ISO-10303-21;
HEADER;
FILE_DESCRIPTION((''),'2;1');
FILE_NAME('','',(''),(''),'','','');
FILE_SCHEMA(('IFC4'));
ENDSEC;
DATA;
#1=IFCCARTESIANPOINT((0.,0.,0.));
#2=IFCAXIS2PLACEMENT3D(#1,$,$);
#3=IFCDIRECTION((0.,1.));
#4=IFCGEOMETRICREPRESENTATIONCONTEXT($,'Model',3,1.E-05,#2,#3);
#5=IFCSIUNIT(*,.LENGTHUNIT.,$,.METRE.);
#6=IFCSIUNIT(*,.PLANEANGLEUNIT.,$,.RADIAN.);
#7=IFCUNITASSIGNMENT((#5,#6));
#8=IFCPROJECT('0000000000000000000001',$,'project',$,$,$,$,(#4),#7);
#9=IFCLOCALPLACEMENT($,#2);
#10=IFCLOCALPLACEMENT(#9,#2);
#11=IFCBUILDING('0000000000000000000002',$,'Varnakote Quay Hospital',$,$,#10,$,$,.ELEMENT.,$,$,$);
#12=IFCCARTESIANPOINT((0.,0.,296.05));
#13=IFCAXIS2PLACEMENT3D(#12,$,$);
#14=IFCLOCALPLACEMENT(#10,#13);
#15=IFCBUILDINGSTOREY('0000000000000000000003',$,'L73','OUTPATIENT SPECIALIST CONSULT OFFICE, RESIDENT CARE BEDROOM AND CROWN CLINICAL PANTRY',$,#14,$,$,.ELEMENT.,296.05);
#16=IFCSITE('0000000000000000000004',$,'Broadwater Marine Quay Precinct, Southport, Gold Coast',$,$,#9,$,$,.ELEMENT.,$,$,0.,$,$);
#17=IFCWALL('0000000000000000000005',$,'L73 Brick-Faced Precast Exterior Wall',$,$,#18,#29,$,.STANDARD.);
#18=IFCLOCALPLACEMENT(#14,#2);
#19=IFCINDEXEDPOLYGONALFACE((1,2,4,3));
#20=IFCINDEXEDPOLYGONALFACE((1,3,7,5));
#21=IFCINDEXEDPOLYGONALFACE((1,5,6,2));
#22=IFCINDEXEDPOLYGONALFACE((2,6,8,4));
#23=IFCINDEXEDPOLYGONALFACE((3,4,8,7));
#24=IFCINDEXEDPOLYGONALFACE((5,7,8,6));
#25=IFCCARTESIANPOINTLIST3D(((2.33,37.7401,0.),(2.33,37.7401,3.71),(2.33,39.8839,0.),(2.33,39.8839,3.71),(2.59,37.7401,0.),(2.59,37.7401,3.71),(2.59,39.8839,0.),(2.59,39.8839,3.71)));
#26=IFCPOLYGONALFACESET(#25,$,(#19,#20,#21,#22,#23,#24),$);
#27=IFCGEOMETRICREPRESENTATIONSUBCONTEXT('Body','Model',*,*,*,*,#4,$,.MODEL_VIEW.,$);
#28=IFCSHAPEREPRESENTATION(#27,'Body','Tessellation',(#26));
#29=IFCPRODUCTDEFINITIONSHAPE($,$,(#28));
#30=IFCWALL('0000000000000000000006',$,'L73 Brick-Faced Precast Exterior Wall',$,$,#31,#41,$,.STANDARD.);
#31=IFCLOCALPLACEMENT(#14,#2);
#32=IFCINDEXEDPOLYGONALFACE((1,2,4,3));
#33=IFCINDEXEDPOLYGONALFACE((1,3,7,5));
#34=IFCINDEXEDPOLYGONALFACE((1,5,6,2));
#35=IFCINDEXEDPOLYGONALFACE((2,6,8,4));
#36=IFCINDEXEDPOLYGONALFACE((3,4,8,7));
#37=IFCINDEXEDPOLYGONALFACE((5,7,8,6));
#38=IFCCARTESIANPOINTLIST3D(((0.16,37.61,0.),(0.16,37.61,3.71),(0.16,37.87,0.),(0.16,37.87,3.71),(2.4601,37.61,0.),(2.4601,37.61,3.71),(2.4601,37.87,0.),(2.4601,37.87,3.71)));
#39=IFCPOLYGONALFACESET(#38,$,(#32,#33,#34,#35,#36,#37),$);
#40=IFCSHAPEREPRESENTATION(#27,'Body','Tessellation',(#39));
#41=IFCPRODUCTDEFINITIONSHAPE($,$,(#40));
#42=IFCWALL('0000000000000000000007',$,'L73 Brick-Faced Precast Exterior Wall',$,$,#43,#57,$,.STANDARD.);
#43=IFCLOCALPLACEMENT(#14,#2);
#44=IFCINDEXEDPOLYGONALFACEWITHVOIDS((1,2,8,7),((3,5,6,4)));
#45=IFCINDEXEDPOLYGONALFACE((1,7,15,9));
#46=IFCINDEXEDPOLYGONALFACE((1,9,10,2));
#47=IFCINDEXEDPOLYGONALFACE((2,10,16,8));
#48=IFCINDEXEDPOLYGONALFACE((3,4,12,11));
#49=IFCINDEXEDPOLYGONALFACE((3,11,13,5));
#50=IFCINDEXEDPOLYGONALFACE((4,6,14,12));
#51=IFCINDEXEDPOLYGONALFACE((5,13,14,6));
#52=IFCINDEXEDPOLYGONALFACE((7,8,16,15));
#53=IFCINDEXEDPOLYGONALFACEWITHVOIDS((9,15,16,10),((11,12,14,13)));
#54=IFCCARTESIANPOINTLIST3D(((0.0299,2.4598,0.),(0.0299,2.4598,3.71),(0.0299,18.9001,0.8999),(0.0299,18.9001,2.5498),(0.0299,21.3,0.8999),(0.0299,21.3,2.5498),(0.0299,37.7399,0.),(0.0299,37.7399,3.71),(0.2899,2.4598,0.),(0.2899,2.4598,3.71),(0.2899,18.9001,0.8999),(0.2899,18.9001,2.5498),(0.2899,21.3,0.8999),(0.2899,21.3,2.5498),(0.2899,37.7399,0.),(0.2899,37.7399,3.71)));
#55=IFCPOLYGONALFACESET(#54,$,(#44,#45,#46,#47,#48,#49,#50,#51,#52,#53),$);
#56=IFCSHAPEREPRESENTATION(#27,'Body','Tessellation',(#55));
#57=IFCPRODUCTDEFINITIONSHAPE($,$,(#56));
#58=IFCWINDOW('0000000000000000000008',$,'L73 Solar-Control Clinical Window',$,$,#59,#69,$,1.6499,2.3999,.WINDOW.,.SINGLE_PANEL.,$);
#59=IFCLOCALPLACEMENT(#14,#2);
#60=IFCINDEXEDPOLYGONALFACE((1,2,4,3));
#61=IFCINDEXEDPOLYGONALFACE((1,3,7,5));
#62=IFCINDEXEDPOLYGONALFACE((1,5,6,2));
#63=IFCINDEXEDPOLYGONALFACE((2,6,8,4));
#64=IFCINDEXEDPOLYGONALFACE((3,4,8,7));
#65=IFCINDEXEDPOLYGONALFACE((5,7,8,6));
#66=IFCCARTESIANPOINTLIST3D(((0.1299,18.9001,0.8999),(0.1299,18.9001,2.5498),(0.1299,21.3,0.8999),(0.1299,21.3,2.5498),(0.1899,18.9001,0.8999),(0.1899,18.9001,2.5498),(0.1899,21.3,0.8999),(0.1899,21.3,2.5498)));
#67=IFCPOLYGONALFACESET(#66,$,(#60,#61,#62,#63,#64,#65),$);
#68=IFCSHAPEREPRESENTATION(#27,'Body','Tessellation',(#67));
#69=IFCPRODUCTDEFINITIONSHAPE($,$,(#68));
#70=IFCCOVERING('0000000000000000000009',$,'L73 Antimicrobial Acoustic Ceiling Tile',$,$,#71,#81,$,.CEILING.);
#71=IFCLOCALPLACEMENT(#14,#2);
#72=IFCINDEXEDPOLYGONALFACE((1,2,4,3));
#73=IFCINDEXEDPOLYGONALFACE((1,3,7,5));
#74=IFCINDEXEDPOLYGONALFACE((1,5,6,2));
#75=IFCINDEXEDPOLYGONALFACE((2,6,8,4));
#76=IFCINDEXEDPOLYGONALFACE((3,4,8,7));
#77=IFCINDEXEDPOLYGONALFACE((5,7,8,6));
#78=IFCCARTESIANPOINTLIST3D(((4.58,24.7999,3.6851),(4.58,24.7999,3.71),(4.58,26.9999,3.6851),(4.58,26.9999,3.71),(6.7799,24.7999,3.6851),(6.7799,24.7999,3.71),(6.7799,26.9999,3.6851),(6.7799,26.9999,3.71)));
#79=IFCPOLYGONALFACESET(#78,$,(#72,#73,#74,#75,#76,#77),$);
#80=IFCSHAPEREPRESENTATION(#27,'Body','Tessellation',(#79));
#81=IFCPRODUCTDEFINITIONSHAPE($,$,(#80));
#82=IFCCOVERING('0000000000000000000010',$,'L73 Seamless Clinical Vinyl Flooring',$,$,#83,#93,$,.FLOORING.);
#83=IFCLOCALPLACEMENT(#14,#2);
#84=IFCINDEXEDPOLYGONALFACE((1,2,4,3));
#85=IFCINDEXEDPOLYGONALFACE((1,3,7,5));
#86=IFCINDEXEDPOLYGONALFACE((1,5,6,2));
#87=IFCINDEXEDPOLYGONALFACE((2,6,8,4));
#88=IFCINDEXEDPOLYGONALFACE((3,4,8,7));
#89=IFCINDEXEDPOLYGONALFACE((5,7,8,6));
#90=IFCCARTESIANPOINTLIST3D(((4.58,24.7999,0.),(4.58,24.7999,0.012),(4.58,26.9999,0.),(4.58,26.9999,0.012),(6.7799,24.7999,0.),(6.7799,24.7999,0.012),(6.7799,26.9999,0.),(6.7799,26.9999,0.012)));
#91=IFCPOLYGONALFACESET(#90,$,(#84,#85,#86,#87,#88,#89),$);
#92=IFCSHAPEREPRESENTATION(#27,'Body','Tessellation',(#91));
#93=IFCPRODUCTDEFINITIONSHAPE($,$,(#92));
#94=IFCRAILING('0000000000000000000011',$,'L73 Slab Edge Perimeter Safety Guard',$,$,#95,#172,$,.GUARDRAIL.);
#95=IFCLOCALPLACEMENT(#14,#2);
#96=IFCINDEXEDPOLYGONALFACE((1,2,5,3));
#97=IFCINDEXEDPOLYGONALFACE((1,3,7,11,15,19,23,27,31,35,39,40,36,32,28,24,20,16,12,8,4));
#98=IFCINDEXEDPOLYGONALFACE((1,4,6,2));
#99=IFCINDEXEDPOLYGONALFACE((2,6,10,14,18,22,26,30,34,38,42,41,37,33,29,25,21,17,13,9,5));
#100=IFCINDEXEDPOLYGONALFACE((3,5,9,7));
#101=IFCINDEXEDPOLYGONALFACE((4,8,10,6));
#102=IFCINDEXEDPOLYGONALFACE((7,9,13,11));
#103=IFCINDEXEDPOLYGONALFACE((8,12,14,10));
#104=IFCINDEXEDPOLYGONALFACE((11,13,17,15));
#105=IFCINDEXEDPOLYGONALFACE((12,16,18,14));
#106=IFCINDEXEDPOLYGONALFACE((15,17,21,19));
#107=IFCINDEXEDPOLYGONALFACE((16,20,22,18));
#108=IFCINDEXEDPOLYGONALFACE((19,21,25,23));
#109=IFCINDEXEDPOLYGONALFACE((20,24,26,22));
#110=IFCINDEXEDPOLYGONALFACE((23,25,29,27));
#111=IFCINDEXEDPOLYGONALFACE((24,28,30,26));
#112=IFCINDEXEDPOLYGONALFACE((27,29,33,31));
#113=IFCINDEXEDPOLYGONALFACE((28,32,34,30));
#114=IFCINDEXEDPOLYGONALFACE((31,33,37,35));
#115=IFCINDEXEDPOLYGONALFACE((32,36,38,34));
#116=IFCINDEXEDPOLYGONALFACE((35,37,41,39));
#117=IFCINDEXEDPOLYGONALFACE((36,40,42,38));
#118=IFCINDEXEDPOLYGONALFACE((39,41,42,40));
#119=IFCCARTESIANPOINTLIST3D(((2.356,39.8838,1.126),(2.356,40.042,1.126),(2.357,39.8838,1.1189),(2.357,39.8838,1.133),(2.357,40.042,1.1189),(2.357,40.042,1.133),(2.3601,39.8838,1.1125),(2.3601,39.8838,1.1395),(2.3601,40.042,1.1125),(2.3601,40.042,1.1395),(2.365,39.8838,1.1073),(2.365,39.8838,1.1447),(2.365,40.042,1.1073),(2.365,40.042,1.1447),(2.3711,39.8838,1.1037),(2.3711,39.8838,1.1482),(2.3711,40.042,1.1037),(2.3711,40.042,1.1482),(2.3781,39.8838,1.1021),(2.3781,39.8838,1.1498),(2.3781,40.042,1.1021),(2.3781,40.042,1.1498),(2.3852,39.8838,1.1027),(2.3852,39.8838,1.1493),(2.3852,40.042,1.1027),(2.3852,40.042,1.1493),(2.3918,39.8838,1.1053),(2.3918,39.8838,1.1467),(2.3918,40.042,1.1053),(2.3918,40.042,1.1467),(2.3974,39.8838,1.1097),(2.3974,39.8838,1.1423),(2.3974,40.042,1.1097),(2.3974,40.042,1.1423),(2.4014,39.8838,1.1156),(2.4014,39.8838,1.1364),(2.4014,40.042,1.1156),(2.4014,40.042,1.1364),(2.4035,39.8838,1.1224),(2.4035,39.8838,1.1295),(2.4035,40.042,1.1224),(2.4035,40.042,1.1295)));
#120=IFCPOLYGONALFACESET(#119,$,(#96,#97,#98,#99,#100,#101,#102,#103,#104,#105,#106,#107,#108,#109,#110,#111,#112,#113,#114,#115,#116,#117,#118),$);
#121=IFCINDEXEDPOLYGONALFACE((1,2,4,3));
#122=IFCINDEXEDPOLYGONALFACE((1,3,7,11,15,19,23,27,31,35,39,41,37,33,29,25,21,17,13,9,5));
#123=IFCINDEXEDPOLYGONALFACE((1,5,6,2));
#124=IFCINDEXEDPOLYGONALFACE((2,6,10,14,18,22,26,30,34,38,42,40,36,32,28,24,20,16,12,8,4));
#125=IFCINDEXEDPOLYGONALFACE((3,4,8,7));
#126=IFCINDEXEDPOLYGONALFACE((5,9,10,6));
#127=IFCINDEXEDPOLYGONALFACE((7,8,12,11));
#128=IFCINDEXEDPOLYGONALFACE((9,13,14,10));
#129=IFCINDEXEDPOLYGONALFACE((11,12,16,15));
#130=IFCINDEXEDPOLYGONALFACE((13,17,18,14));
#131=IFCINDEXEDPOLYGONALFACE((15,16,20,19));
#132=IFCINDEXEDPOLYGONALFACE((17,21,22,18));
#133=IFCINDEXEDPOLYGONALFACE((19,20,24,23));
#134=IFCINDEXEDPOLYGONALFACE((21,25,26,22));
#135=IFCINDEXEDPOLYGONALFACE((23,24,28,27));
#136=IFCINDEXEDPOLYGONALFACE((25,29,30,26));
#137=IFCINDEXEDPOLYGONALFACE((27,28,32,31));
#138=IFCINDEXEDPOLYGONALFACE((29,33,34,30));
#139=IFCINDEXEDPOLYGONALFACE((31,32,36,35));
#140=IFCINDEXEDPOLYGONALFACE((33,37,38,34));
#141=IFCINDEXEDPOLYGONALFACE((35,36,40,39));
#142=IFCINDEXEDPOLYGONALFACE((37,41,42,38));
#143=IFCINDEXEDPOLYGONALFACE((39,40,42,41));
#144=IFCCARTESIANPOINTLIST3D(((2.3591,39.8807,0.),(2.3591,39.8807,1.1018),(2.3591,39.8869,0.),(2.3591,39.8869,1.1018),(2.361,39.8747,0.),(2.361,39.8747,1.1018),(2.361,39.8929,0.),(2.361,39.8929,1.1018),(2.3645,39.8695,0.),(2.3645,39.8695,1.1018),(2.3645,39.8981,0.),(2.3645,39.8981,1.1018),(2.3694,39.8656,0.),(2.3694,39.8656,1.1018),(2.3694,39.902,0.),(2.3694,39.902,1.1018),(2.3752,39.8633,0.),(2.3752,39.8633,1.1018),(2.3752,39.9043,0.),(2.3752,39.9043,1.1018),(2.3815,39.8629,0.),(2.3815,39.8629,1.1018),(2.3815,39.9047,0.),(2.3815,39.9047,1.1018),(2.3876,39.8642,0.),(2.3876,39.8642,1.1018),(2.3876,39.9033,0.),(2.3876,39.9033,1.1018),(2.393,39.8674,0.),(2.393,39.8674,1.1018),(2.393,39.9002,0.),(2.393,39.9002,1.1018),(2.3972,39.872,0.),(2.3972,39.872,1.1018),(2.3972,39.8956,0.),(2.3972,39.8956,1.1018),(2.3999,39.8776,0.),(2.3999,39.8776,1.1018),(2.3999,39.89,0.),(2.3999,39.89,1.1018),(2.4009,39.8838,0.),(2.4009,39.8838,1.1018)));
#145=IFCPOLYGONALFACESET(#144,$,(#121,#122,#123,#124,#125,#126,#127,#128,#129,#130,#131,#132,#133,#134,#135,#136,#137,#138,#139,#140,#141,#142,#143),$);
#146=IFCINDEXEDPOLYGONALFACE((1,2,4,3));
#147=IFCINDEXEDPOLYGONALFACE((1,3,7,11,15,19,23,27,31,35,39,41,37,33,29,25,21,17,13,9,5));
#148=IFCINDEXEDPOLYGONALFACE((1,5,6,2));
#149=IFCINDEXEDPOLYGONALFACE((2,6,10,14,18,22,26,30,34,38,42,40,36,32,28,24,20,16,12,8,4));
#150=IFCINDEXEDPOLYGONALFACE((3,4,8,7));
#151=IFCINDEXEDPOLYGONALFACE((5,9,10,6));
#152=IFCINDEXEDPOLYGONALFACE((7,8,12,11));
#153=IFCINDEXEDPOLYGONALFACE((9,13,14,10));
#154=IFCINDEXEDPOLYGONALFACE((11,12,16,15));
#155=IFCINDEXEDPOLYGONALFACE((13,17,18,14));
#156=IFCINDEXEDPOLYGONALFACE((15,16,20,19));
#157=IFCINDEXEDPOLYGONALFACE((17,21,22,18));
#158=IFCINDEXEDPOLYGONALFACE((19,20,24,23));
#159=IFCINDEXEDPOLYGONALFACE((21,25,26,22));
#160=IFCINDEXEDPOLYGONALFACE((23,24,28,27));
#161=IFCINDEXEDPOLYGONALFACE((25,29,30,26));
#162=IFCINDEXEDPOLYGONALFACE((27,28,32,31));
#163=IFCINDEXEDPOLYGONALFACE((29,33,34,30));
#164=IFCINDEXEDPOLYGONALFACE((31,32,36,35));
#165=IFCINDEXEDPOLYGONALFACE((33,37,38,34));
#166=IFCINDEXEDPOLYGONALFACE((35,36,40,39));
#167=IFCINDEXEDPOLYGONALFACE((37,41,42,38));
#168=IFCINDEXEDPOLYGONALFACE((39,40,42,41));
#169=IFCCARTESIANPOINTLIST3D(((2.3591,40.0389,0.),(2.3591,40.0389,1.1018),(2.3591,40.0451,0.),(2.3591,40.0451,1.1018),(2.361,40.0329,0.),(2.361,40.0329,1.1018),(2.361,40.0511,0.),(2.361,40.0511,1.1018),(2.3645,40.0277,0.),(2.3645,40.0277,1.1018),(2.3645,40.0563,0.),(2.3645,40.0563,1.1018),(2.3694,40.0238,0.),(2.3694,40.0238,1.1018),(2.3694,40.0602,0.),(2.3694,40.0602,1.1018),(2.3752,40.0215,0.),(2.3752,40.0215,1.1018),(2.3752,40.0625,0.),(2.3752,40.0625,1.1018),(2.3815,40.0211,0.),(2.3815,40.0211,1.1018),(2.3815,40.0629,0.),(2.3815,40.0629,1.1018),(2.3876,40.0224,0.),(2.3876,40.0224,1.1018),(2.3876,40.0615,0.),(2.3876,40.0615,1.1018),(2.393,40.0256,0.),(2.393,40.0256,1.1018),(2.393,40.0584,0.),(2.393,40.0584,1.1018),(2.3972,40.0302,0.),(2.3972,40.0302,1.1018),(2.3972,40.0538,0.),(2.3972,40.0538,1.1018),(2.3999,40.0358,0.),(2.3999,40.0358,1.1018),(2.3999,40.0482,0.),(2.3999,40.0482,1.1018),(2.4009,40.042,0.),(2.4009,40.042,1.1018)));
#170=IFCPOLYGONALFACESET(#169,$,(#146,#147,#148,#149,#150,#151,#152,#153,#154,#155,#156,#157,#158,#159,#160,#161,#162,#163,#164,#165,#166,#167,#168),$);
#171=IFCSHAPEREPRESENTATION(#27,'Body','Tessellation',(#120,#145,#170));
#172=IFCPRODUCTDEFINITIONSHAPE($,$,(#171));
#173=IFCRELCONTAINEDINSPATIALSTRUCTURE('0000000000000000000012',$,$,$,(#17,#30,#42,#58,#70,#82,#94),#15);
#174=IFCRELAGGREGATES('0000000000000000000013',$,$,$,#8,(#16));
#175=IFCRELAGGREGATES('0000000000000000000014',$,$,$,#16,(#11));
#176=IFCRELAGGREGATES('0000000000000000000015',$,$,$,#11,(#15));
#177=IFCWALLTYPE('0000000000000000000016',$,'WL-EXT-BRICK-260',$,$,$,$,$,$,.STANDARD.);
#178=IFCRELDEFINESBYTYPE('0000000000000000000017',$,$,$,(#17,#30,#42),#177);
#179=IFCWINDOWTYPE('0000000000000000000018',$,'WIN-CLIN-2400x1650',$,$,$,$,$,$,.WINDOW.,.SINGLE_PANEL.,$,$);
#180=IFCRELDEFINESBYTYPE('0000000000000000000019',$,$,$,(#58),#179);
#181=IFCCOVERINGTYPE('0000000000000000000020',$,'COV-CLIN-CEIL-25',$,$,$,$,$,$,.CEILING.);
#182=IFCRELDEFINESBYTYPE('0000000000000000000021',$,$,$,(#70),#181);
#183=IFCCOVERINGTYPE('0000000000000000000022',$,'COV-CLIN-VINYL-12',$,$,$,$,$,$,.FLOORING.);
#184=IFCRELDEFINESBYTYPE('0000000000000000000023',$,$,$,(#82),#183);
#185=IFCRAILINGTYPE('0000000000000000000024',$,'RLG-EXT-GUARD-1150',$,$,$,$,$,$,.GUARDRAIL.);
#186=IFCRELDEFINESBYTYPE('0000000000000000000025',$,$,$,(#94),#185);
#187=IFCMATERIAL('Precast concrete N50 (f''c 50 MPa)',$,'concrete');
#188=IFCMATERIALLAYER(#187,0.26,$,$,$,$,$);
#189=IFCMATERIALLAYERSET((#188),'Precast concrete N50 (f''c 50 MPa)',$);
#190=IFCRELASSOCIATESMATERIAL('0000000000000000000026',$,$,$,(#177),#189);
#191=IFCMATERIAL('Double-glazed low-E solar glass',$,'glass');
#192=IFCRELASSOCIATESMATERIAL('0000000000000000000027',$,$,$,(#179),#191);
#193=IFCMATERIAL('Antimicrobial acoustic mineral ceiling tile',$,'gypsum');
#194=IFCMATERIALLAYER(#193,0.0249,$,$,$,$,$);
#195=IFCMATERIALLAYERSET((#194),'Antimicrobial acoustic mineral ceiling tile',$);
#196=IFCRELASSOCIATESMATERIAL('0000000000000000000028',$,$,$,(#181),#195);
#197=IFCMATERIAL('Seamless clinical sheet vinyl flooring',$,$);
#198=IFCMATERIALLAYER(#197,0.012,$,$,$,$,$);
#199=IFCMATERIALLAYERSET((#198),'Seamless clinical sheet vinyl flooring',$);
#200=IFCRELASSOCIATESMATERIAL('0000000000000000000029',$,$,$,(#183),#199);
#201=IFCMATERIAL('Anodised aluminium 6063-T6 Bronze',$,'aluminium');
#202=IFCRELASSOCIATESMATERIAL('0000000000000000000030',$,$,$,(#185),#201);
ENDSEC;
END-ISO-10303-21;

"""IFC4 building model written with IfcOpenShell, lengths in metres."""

from ifc_helpers import new_model, si_unit, direction, frame, frame_2d, origin, origin_2d, place, context, subcontext, project, spatial, rectangle, circle, extrude, material, layer, layer_set, type_object, element, fill, save


model = new_model("IFC4")

# Units and contexts
model_context = context("Model", 3, precision=1e-05, world=origin(), true_north=direction((0.0, 1.0)))
body_context = subcontext(model_context, "Body", "Model", "MODEL_VIEW")
ifc_project = project(units=[si_unit("LENGTHUNIT", "METRE"), si_unit("PLANEANGLEUNIT", "RADIAN")], contexts=[model_context])

# Site, building, storey
site_placement = place(None, origin())
site = spatial("IfcSite", under=ifc_project, at=site_placement, Name="Broadwater Marine Quay Precinct, Southport, Gold Coast", CompositionType="ELEMENT", RefElevation=0.0)
building_placement = place(site_placement, origin())
building = spatial("IfcBuilding", under=site, at=building_placement, Name="Varnakote Quay Hospital", CompositionType="ELEMENT")
storey_placement = place(building_placement, frame((0.0, 0.0, 296.05)))
storey = spatial("IfcBuildingStorey", under=building, at=storey_placement, Name="L73", Description="OUTPATIENT SPECIALIST CONSULT OFFICE, RESIDENT CARE BEDROOM AND CROWN CLINICAL PANTRY", CompositionType="ELEMENT", Elevation=296.05)

# Shared definitions
ifc_material_1 = material(Name="Precast concrete N50 (f'c 50 MPa)", Category="concrete")
ifc_layer_1 = layer(ifc_material_1, 0.26)
ifc_layer_set_1 = layer_set([ifc_layer_1], Name="Precast concrete N50 (f'c 50 MPa)")
wall_type = type_object("IfcWallType", Name="WL-EXT-BRICK-260", PredefinedType="STANDARD", material=ifc_layer_set_1)
ifc_material_2 = material(Name="Double-glazed low-E solar glass", Category="glass")
window_type = type_object("IfcWindowType", Name="WIN-CLIN-2400x1650", PartitioningType="SINGLE_PANEL", PredefinedType="WINDOW", material=ifc_material_2)

# Walls
wall_1_placement = place(storey_placement, frame((2.46, 39.8838, 0.0), z_axis=(0.0, 0.0, 1.0), x_axis=(0.0, -1.0, 0.0)))
element("IfcWall", 1, at=wall_1_placement, inside=storey, type_object=wall_type, Name="L73 Brick-Faced Precast Exterior Wall", PredefinedType="STANDARD", context=body_context, shape_type="SweptSolid", body=[
    extrude(rectangle(XDim=2.1438, YDim=0.26, at=frame_2d((1.0718, 0.0))), origin(), (0.0, 0.0, 1.0), 3.71),
])
wall_2_placement = place(storey_placement, frame((2.46, 37.74, 0.0), z_axis=(0.0, 0.0, 1.0), x_axis=(-1.0, 0.0, 0.0)))
element("IfcWall", 2, at=wall_2_placement, inside=storey, type_object=wall_type, Name="L73 Brick-Faced Precast Exterior Wall", PredefinedType="STANDARD", context=body_context, shape_type="SweptSolid", body=[
    extrude(rectangle(XDim=2.3, YDim=0.26, at=frame_2d((1.1499, 0.0))), origin(), (0.0, 0.0, 1.0), 3.71),
])

# Wall, opening, window
wall_3_placement = place(storey_placement, frame((0.1599, 37.74, 0.0), z_axis=(0.0, 0.0, 1.0), x_axis=(0.0, -1.0, 0.0)))
wall_3 = element("IfcWall", 3, at=wall_3_placement, inside=storey, type_object=wall_type, Name="L73 Brick-Faced Precast Exterior Wall", PredefinedType="STANDARD", context=body_context, shape_type="SweptSolid", body=[
    extrude(rectangle(XDim=35.28, YDim=0.26, at=frame_2d((17.6401, 0.0))), origin(), (0.0, 0.0, 1.0), 3.71),
])
opening_1_placement = place(wall_3_placement, frame((16.4399, 0.0, 0.8999)))
opening_1 = element("IfcOpeningElement", 4, at=opening_1_placement, cuts=wall_3, PredefinedType="OPENING", context=body_context, shape_type="SweptSolid", body=[
    extrude(rectangle(XDim=2.3999, YDim=1.6499, at=frame_2d((1.2, 0.825))), frame((0.0, 0.1399, 0.0), z_axis=(0.0, -1.0, 0.0), x_axis=(1.0, 0.0, 0.0)), (0.0, 0.0, 1.0), 0.28),
])
window_1_placement = place(opening_1_placement, origin())
window_1 = element("IfcWindow", 5, at=window_1_placement, inside=storey, type_object=window_type, Name="L73 Solar-Control Clinical Window", OverallHeight=1.6499, OverallWidth=2.3999, PartitioningType="SINGLE_PANEL", PredefinedType="WINDOW", context=body_context, shape_type="SweptSolid", body=[
    extrude(rectangle(XDim=2.3999, YDim=1.6499, at=frame_2d((1.2, 0.825))), frame((0.0, 0.03, 0.0), z_axis=(0.0, -1.0, 0.0), x_axis=(1.0, 0.0, 0.0)), (0.0, 0.0, 1.0), 0.0601),
])
fill(opening_1, window_1)

# Coverings
ifc_material_3 = material(Name="Antimicrobial acoustic mineral ceiling tile", Category="gypsum")
ifc_layer_2 = layer(ifc_material_3, 0.0249)
ifc_layer_set_2 = layer_set([ifc_layer_2], Name="Antimicrobial acoustic mineral ceiling tile")
covering_type_1 = type_object("IfcCoveringType", Name="COV-CLIN-CEIL-25", PredefinedType="CEILING", material=ifc_layer_set_2)
covering_1_placement = place(storey_placement, frame((5.6799, 25.8999, 3.6851), z_axis=(0.0, 0.0, 1.0), x_axis=(1.0, 0.0, 0.0)))
element("IfcCovering", 6, at=covering_1_placement, inside=storey, type_object=covering_type_1, Name="L73 Antimicrobial Acoustic Ceiling Tile", PredefinedType="CEILING", context=body_context, shape_type="SweptSolid", body=[
    extrude(rectangle(XDim=2.2, YDim=2.2, at=origin_2d()), origin(), (0.0, 0.0, 1.0), 0.0249),
])
ifc_material_4 = material(Name="Seamless clinical sheet vinyl flooring")
ifc_layer_3 = layer(ifc_material_4, 0.012)
ifc_layer_set_3 = layer_set([ifc_layer_3], Name="Seamless clinical sheet vinyl flooring")
covering_type_2 = type_object("IfcCoveringType", Name="COV-CLIN-VINYL-12", PredefinedType="FLOORING", material=ifc_layer_set_3)
covering_2_placement = place(storey_placement, frame((5.6799, 25.8999, 0.0), z_axis=(0.0, 0.0, 1.0), x_axis=(1.0, 0.0, 0.0)))
element("IfcCovering", 7, at=covering_2_placement, inside=storey, type_object=covering_type_2, Name="L73 Seamless Clinical Vinyl Flooring", PredefinedType="FLOORING", context=body_context, shape_type="SweptSolid", body=[
    extrude(rectangle(XDim=2.2, YDim=2.2, at=origin_2d()), origin(), (0.0, 0.0, 1.0), 0.012),
])

# Railing
ifc_material_5 = material(Name="Anodised aluminium 6063-T6 Bronze", Category="aluminium")
railing_type = type_object("IfcRailingType", Name="RLG-EXT-GUARD-1150", PredefinedType="GUARDRAIL", material=ifc_material_5)
railing_1_placement = place(storey_placement, frame((2.3799, 39.8838, 0.0)))
element("IfcRailing", 8, at=railing_1_placement, inside=storey, type_object=railing_type, Name="L73 Slab Edge Perimeter Safety Guard", PredefinedType="GUARDRAIL", context=body_context, shape_type="SweptSolid", body=[
    extrude(circle(Radius=0.0239, at=origin_2d()), frame((0.0, 0.0, 1.126), z_axis=(0.0, 1.0, 0.0), x_axis=(-1.0, 0.0, 0.0)), (0.0, 0.0, 1.0), 0.1582),
    extrude(circle(Radius=0.021, at=origin_2d()), origin(), (0.0, 0.0, 1.0), 1.1018),
    extrude(circle(Radius=0.021, at=origin_2d()), frame((0.0, 0.1582, 0.0)), (0.0, 0.0, 1.0), 1.1018),
])

save(model, "model.ifc")
